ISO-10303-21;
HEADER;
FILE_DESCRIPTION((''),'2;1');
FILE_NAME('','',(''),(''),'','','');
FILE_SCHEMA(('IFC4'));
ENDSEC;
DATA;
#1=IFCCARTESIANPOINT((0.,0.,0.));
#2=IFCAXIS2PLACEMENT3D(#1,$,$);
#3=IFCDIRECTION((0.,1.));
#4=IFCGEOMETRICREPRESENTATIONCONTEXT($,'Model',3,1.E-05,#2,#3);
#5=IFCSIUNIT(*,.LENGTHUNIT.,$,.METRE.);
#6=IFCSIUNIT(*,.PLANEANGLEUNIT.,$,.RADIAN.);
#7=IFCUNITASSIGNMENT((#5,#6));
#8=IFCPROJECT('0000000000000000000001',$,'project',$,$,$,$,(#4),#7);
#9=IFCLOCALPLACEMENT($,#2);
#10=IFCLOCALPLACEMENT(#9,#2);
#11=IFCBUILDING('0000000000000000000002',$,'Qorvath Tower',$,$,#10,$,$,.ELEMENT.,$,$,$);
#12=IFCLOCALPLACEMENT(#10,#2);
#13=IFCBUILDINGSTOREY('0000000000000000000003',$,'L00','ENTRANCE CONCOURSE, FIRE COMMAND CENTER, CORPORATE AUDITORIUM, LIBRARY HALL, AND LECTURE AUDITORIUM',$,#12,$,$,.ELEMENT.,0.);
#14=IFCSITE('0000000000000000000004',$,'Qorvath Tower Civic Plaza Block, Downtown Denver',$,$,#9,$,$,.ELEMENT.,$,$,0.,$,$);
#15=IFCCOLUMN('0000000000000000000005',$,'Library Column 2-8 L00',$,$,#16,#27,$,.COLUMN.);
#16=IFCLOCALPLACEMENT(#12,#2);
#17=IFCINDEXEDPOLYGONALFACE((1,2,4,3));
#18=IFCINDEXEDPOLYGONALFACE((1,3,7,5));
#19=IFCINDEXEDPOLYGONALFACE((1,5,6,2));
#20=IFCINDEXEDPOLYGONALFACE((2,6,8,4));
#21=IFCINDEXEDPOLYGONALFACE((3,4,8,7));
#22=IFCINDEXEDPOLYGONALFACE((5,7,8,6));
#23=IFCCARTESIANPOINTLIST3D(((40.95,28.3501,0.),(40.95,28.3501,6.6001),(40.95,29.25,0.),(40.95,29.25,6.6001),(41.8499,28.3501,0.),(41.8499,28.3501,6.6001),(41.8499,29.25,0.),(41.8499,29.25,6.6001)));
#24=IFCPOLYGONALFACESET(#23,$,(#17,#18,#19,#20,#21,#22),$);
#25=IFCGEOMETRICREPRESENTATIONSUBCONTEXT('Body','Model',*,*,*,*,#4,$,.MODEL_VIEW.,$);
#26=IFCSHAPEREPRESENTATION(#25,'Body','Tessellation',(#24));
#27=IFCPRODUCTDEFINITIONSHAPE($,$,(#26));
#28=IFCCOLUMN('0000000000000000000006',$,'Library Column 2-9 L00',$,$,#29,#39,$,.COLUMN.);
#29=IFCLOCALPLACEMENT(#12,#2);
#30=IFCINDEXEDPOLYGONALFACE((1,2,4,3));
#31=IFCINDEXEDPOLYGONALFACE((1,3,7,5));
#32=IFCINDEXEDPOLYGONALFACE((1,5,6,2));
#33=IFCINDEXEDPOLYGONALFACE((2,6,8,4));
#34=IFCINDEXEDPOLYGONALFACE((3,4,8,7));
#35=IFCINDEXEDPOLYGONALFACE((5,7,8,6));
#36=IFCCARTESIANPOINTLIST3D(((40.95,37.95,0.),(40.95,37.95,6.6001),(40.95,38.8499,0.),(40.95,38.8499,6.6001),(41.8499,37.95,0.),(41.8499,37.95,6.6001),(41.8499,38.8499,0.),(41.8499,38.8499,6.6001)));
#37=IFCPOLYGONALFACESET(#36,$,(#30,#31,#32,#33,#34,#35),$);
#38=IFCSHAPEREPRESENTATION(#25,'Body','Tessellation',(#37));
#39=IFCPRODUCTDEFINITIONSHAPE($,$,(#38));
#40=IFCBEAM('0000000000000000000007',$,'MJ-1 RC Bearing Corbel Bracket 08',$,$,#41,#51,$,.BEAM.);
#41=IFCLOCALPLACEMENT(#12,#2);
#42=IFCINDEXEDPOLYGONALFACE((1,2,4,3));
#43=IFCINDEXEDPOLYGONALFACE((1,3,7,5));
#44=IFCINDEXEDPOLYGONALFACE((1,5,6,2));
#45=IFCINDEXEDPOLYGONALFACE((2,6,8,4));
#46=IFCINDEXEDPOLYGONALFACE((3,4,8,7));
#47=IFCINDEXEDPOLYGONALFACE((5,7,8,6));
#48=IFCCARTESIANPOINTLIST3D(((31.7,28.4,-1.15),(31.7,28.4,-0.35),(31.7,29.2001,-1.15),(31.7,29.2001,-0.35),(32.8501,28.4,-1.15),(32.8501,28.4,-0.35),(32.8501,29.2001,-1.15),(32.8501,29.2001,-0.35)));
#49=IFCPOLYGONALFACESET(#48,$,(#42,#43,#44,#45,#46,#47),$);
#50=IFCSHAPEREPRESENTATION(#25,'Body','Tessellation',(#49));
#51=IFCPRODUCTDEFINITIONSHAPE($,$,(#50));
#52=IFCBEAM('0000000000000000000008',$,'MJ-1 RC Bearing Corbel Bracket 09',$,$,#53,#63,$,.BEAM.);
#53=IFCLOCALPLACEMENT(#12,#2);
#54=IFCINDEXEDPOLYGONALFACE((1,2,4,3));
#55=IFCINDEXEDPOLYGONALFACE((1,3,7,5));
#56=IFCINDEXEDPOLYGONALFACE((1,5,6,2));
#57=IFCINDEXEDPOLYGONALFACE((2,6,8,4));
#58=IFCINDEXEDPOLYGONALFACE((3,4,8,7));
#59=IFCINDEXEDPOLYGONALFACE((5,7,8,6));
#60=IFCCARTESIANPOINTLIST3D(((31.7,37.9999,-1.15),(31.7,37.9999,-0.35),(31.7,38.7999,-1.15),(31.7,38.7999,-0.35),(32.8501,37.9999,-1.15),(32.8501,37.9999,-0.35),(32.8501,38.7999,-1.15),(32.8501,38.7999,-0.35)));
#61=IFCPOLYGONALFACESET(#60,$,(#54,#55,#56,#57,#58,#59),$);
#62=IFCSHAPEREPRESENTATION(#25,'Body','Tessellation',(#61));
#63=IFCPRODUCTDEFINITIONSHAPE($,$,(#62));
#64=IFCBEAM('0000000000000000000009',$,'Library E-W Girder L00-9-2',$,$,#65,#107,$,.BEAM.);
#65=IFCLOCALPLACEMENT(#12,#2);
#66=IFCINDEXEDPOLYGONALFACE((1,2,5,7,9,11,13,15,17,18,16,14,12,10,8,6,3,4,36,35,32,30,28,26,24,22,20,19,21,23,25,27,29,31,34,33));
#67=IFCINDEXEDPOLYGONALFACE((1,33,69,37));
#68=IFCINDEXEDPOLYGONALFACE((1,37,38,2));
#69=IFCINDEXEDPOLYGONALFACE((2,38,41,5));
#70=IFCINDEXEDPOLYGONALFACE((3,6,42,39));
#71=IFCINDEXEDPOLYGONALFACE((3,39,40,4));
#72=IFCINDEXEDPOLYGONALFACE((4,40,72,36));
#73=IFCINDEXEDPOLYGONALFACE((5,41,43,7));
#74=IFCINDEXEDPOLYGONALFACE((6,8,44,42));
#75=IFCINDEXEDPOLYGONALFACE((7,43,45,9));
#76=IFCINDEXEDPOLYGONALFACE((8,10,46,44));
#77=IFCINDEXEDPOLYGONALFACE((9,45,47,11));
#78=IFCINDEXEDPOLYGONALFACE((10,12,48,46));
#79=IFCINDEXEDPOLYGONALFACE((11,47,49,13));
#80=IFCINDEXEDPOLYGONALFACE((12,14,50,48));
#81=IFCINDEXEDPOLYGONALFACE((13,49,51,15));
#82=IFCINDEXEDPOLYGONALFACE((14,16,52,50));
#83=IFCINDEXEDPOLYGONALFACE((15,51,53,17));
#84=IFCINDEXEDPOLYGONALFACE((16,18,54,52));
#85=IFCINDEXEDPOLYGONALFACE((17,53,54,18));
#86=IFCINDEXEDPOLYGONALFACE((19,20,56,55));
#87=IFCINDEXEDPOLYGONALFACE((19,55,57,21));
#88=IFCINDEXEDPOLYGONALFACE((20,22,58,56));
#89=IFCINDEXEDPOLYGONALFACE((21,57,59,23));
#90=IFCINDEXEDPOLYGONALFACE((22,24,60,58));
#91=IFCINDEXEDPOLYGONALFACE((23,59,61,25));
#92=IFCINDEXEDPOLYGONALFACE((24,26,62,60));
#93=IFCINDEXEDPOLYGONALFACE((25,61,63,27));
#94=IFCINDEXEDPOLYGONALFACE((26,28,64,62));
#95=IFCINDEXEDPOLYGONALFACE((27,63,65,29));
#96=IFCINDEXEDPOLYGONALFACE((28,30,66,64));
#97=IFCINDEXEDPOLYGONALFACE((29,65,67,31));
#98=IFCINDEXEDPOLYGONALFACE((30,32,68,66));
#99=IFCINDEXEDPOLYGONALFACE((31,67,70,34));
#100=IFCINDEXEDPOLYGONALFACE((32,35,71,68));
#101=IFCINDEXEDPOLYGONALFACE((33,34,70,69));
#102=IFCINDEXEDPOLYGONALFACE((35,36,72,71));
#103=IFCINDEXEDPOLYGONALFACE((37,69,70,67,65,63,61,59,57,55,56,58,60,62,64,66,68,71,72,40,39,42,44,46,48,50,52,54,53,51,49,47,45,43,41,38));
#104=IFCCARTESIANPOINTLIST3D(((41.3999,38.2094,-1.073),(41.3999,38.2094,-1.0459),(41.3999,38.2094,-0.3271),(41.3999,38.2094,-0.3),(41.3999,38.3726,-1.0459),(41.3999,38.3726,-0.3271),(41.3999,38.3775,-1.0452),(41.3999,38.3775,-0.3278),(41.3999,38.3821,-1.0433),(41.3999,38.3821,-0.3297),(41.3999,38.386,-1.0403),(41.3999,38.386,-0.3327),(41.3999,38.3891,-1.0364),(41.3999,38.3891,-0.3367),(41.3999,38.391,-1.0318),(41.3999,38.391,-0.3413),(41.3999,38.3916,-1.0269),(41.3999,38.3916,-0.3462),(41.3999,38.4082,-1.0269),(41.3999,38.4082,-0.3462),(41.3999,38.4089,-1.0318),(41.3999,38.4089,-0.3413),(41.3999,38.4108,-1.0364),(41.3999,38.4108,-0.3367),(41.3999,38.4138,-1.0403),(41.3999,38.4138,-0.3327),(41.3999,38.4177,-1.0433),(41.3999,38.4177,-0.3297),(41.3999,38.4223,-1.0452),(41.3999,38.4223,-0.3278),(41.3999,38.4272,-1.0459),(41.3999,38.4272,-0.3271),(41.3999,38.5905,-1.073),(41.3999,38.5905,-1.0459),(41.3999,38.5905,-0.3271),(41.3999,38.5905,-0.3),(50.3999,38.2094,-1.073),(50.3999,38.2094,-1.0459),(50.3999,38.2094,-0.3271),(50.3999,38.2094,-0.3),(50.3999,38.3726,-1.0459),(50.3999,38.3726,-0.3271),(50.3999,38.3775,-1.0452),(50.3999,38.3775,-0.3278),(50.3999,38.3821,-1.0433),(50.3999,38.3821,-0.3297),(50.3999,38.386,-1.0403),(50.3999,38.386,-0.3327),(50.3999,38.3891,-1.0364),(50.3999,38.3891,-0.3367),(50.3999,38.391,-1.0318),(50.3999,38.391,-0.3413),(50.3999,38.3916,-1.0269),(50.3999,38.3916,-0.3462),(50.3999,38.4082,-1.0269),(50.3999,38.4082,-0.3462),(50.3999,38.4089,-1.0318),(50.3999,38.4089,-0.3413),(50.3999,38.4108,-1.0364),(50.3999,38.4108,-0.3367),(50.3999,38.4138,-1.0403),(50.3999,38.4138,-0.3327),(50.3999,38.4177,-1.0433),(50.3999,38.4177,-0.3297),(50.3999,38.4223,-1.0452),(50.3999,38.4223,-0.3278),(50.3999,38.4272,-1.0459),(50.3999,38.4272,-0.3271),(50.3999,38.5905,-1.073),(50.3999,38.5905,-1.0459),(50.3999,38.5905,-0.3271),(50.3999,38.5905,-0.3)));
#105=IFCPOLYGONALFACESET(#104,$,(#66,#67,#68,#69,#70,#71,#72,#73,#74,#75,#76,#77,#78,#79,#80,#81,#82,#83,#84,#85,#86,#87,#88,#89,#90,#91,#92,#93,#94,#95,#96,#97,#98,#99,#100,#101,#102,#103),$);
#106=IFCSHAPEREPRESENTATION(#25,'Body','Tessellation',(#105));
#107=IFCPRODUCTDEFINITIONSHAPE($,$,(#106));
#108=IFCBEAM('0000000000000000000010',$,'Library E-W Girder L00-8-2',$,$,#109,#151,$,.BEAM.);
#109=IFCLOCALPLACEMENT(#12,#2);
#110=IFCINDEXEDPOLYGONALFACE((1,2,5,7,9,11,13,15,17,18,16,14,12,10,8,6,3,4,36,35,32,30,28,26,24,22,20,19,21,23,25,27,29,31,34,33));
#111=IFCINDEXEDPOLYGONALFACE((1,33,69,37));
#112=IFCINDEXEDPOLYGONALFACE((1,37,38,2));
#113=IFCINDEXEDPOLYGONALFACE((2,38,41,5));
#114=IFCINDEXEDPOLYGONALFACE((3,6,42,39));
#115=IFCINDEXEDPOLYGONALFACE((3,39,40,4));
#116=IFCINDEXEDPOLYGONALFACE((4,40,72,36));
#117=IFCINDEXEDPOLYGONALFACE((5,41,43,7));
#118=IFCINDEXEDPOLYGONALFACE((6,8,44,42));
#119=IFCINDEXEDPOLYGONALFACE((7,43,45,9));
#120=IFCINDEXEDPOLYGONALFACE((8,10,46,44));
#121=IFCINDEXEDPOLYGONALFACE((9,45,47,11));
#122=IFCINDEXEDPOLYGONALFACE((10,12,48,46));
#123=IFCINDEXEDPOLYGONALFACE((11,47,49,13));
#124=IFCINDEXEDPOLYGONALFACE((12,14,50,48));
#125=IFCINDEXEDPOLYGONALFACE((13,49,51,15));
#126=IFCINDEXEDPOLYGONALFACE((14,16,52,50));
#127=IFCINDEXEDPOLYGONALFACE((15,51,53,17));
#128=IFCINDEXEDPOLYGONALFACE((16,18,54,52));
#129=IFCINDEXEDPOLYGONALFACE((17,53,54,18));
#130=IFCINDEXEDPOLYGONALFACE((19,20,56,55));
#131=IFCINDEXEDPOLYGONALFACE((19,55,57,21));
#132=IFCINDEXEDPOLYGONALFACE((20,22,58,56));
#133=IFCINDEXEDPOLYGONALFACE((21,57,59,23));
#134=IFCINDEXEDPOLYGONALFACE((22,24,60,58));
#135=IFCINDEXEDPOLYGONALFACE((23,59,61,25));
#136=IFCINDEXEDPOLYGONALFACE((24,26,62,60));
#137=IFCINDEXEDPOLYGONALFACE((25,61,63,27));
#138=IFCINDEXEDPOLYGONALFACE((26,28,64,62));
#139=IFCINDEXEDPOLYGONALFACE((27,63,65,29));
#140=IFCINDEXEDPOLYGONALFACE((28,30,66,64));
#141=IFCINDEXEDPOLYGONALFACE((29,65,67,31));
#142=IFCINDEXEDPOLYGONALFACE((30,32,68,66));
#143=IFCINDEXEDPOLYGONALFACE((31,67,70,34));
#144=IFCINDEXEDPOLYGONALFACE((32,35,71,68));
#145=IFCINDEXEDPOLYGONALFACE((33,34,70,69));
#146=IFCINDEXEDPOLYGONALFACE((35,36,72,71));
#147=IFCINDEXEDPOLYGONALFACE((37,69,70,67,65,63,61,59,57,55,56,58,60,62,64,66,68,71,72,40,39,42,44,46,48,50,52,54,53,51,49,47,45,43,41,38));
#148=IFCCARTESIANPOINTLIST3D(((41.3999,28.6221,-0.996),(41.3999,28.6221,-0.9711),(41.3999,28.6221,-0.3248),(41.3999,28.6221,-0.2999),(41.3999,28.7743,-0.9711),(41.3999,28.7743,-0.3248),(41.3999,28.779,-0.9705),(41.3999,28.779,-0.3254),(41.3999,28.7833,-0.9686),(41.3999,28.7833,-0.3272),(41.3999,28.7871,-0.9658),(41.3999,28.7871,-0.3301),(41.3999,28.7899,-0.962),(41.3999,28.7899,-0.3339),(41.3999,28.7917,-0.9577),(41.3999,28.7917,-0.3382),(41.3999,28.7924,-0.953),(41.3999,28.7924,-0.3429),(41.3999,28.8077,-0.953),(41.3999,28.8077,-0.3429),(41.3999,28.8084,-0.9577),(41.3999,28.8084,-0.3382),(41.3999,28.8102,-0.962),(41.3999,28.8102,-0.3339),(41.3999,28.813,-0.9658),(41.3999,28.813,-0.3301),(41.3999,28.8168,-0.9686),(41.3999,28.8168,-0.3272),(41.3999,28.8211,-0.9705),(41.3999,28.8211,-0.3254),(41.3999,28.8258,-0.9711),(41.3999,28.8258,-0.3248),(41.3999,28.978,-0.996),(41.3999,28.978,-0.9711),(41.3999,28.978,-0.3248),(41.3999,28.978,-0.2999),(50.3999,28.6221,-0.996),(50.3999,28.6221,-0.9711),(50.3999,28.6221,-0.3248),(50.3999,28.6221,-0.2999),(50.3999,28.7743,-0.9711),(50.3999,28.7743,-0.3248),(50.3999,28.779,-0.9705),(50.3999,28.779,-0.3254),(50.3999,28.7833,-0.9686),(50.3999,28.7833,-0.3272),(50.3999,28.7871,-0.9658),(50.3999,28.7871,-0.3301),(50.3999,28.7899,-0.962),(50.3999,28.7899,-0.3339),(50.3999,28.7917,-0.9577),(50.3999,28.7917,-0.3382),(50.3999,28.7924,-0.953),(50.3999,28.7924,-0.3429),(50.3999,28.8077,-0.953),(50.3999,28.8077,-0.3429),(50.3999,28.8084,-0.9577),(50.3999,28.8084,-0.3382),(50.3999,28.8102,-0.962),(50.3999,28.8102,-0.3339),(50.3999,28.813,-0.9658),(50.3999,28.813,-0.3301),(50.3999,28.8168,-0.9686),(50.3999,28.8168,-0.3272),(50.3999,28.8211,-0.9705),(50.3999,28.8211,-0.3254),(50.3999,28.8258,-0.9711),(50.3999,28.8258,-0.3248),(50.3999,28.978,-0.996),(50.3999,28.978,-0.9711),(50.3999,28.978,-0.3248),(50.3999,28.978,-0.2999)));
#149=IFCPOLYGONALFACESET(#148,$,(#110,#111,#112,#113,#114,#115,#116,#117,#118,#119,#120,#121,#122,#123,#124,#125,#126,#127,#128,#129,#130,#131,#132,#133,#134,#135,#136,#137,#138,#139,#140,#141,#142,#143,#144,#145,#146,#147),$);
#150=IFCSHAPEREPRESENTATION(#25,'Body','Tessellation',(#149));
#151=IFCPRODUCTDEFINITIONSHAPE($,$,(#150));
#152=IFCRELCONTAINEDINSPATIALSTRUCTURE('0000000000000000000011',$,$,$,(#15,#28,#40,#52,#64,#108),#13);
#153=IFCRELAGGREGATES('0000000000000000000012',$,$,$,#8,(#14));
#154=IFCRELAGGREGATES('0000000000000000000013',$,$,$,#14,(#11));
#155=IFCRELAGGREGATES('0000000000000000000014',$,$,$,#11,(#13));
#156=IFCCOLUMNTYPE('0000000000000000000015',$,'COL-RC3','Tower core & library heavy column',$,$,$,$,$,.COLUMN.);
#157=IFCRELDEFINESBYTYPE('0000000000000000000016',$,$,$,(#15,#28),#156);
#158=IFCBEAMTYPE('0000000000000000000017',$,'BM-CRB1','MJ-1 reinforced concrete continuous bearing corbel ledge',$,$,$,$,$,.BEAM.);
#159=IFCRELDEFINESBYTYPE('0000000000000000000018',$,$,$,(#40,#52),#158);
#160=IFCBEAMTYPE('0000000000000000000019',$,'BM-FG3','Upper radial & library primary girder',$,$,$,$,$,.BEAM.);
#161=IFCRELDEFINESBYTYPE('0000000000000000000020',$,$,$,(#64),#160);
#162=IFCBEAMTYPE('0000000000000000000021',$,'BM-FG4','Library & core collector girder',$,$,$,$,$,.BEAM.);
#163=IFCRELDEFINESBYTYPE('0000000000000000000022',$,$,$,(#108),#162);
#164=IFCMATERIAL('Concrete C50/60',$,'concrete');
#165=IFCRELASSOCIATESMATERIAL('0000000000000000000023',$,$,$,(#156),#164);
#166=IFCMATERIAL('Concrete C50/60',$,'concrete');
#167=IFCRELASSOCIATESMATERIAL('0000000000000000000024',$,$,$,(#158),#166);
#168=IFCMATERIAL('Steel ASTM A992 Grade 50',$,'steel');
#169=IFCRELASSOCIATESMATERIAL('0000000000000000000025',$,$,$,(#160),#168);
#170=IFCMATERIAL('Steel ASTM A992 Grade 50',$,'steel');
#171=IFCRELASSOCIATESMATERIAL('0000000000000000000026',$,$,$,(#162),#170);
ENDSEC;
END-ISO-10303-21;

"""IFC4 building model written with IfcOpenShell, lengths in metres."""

from ifc_helpers import new_model, si_unit, direction, frame, origin, origin_2d, place, context, subcontext, project, spatial, rectangle, i_section, extrude, material, material_profile, profile_set, type_object, element, save


model = new_model("IFC4")

# Units and contexts
model_context = context("Model", 3, precision=1e-05, world=origin(), true_north=direction((0.0, 1.0)))
body_context = subcontext(model_context, "Body", "Model", "MODEL_VIEW")
ifc_project = project(units=[si_unit("LENGTHUNIT", "METRE"), si_unit("PLANEANGLEUNIT", "RADIAN")], contexts=[model_context])

# Site, building, storey
site_placement = place(None, origin())
site = spatial("IfcSite", under=ifc_project, at=site_placement, Name="Qorvath Tower Civic Plaza Block, Downtown Denver", CompositionType="ELEMENT", RefElevation=0.0)
building_placement = place(site_placement, origin())
building = spatial("IfcBuilding", under=site, at=building_placement, Name="Qorvath Tower", CompositionType="ELEMENT")
storey_placement = place(building_placement, origin())
storey = spatial("IfcBuildingStorey", under=building, at=storey_placement, Name="L00", Description="ENTRANCE CONCOURSE, FIRE COMMAND CENTER, CORPORATE AUDITORIUM, LIBRARY HALL, AND LECTURE AUDITORIUM", CompositionType="ELEMENT", Elevation=0.0)

# Columns
ifc_material_1 = material(Name="Concrete C50/60", Category="concrete")
ifc_material_profile_1 = material_profile(ifc_material_1, rectangle(XDim=0.8999, YDim=0.8999, at=origin_2d()), Name="RC 900x900")
ifc_profile_set_1 = profile_set([ifc_material_profile_1], Name="Concrete C50/60")
column_type = type_object("IfcColumnType", Name="COL-RC3", Description="Tower core & library heavy column", PredefinedType="COLUMN", material=ifc_profile_set_1)
for number, where, z_axis, x_axis, name in (
    (1, (41.3999, 28.8, 0.0), (0.0, 0.0, 1.0), (1.0, 0.0, 0.0), "Library Column 2-8 L00"),
    (2, (41.3999, 38.3999, 0.0), (0.0, 0.0, 1.0), (1.0, 0.0, 0.0), "Library Column 2-9 L00"),
):
    element("IfcColumn", number, at=place(storey_placement, frame(where, z_axis=z_axis, x_axis=x_axis)), inside=storey, type_object=column_type, Name=name, PredefinedType="COLUMN", context=body_context, shape_type="SweptSolid", body=[
        extrude(rectangle(XDim=0.8999, YDim=0.8999, at=origin_2d()), origin(), (0.0, 0.0, 1.0), 6.6001),
    ])

# Beams
ifc_material_2 = material(Name="Concrete C50/60", Category="concrete")
ifc_material_profile_2 = material_profile(ifc_material_2, rectangle(XDim=0.8, YDim=0.8, at=origin_2d()), Name="RC 800x800")
ifc_profile_set_2 = profile_set([ifc_material_profile_2], Name="Concrete C50/60")
beam_type_1 = type_object("IfcBeamType", Name="BM-CRB1", Description="MJ-1 reinforced concrete continuous bearing corbel ledge", PredefinedType="BEAM", material=ifc_profile_set_2)
for number, where, z_axis, x_axis, name in (
    (3, (32.8501, 28.8, -0.75), (-1.0, 0.0, 0.0), (0.0, -1.0, 0.0), "MJ-1 RC Bearing Corbel Bracket 08"),
    (4, (32.8501, 38.3999, -0.75), (-1.0, 0.0, 0.0), (0.0, -1.0, 0.0), "MJ-1 RC Bearing Corbel Bracket 09"),
):
    element("IfcBeam", number, at=place(storey_placement, frame(where, z_axis=z_axis, x_axis=x_axis)), inside=storey, type_object=beam_type_1, Name=name, PredefinedType="BEAM", context=body_context, shape_type="SweptSolid", body=[
        extrude(rectangle(XDim=0.8, YDim=0.8, at=origin_2d()), origin(), (0.0, 0.0, 1.0), 1.1501),
    ])
ifc_material_3 = material(Name="Steel ASTM A992 Grade 50", Category="steel")
ifc_material_profile_3 = material_profile(ifc_material_3, i_section(OverallWidth=0.3811, OverallDepth=0.7729, WebThickness=0.0166, FlangeThickness=0.0271, FilletRadius=0.019, at=origin_2d()), Name="W30x173")
ifc_profile_set_3 = profile_set([ifc_material_profile_3], Name="Steel ASTM A992 Grade 50")
beam_type_2 = type_object("IfcBeamType", Name="BM-FG3", Description="Upper radial & library primary girder", PredefinedType="BEAM", material=ifc_profile_set_3)
beam_1_placement = place(storey_placement, frame((41.3999, 38.3999, -0.6865), z_axis=(1.0, 0.0, 0.0), x_axis=(0.0, 1.0, 0.0)))
element("IfcBeam", 5, at=beam_1_placement, inside=storey, type_object=beam_type_2, Name="Library E-W Girder L00-9-2", PredefinedType="BEAM", context=body_context, shape_type="SweptSolid", body=[
    extrude(i_section(OverallWidth=0.3811, OverallDepth=0.7729, WebThickness=0.0166, FlangeThickness=0.0271, FilletRadius=0.019, at=origin_2d()), origin(), (0.0, 0.0, 1.0), 9.0),
])
ifc_material_4 = material(Name="Steel ASTM A992 Grade 50", Category="steel")
ifc_material_profile_4 = material_profile(ifc_material_4, i_section(OverallWidth=0.356, OverallDepth=0.696, WebThickness=0.0154, FlangeThickness=0.0249, FilletRadius=0.0181, at=origin_2d()), Name="W27x146")
ifc_profile_set_4 = profile_set([ifc_material_profile_4], Name="Steel ASTM A992 Grade 50")
beam_type_3 = type_object("IfcBeamType", Name="BM-FG4", Description="Library & core collector girder", PredefinedType="BEAM", material=ifc_profile_set_4)
beam_2_placement = place(storey_placement, frame((41.3999, 28.8, -0.6479), z_axis=(1.0, 0.0, 0.0), x_axis=(0.0, 1.0, 0.0)))
element("IfcBeam", 6, at=beam_2_placement, inside=storey, type_object=beam_type_3, Name="Library E-W Girder L00-8-2", PredefinedType="BEAM", context=body_context, shape_type="SweptSolid", body=[
    extrude(i_section(OverallWidth=0.356, OverallDepth=0.696, WebThickness=0.0154, FlangeThickness=0.0249, FilletRadius=0.0181, at=origin_2d()), origin(), (0.0, 0.0, 1.0), 9.0),
])

save(model, "model.ifc")
